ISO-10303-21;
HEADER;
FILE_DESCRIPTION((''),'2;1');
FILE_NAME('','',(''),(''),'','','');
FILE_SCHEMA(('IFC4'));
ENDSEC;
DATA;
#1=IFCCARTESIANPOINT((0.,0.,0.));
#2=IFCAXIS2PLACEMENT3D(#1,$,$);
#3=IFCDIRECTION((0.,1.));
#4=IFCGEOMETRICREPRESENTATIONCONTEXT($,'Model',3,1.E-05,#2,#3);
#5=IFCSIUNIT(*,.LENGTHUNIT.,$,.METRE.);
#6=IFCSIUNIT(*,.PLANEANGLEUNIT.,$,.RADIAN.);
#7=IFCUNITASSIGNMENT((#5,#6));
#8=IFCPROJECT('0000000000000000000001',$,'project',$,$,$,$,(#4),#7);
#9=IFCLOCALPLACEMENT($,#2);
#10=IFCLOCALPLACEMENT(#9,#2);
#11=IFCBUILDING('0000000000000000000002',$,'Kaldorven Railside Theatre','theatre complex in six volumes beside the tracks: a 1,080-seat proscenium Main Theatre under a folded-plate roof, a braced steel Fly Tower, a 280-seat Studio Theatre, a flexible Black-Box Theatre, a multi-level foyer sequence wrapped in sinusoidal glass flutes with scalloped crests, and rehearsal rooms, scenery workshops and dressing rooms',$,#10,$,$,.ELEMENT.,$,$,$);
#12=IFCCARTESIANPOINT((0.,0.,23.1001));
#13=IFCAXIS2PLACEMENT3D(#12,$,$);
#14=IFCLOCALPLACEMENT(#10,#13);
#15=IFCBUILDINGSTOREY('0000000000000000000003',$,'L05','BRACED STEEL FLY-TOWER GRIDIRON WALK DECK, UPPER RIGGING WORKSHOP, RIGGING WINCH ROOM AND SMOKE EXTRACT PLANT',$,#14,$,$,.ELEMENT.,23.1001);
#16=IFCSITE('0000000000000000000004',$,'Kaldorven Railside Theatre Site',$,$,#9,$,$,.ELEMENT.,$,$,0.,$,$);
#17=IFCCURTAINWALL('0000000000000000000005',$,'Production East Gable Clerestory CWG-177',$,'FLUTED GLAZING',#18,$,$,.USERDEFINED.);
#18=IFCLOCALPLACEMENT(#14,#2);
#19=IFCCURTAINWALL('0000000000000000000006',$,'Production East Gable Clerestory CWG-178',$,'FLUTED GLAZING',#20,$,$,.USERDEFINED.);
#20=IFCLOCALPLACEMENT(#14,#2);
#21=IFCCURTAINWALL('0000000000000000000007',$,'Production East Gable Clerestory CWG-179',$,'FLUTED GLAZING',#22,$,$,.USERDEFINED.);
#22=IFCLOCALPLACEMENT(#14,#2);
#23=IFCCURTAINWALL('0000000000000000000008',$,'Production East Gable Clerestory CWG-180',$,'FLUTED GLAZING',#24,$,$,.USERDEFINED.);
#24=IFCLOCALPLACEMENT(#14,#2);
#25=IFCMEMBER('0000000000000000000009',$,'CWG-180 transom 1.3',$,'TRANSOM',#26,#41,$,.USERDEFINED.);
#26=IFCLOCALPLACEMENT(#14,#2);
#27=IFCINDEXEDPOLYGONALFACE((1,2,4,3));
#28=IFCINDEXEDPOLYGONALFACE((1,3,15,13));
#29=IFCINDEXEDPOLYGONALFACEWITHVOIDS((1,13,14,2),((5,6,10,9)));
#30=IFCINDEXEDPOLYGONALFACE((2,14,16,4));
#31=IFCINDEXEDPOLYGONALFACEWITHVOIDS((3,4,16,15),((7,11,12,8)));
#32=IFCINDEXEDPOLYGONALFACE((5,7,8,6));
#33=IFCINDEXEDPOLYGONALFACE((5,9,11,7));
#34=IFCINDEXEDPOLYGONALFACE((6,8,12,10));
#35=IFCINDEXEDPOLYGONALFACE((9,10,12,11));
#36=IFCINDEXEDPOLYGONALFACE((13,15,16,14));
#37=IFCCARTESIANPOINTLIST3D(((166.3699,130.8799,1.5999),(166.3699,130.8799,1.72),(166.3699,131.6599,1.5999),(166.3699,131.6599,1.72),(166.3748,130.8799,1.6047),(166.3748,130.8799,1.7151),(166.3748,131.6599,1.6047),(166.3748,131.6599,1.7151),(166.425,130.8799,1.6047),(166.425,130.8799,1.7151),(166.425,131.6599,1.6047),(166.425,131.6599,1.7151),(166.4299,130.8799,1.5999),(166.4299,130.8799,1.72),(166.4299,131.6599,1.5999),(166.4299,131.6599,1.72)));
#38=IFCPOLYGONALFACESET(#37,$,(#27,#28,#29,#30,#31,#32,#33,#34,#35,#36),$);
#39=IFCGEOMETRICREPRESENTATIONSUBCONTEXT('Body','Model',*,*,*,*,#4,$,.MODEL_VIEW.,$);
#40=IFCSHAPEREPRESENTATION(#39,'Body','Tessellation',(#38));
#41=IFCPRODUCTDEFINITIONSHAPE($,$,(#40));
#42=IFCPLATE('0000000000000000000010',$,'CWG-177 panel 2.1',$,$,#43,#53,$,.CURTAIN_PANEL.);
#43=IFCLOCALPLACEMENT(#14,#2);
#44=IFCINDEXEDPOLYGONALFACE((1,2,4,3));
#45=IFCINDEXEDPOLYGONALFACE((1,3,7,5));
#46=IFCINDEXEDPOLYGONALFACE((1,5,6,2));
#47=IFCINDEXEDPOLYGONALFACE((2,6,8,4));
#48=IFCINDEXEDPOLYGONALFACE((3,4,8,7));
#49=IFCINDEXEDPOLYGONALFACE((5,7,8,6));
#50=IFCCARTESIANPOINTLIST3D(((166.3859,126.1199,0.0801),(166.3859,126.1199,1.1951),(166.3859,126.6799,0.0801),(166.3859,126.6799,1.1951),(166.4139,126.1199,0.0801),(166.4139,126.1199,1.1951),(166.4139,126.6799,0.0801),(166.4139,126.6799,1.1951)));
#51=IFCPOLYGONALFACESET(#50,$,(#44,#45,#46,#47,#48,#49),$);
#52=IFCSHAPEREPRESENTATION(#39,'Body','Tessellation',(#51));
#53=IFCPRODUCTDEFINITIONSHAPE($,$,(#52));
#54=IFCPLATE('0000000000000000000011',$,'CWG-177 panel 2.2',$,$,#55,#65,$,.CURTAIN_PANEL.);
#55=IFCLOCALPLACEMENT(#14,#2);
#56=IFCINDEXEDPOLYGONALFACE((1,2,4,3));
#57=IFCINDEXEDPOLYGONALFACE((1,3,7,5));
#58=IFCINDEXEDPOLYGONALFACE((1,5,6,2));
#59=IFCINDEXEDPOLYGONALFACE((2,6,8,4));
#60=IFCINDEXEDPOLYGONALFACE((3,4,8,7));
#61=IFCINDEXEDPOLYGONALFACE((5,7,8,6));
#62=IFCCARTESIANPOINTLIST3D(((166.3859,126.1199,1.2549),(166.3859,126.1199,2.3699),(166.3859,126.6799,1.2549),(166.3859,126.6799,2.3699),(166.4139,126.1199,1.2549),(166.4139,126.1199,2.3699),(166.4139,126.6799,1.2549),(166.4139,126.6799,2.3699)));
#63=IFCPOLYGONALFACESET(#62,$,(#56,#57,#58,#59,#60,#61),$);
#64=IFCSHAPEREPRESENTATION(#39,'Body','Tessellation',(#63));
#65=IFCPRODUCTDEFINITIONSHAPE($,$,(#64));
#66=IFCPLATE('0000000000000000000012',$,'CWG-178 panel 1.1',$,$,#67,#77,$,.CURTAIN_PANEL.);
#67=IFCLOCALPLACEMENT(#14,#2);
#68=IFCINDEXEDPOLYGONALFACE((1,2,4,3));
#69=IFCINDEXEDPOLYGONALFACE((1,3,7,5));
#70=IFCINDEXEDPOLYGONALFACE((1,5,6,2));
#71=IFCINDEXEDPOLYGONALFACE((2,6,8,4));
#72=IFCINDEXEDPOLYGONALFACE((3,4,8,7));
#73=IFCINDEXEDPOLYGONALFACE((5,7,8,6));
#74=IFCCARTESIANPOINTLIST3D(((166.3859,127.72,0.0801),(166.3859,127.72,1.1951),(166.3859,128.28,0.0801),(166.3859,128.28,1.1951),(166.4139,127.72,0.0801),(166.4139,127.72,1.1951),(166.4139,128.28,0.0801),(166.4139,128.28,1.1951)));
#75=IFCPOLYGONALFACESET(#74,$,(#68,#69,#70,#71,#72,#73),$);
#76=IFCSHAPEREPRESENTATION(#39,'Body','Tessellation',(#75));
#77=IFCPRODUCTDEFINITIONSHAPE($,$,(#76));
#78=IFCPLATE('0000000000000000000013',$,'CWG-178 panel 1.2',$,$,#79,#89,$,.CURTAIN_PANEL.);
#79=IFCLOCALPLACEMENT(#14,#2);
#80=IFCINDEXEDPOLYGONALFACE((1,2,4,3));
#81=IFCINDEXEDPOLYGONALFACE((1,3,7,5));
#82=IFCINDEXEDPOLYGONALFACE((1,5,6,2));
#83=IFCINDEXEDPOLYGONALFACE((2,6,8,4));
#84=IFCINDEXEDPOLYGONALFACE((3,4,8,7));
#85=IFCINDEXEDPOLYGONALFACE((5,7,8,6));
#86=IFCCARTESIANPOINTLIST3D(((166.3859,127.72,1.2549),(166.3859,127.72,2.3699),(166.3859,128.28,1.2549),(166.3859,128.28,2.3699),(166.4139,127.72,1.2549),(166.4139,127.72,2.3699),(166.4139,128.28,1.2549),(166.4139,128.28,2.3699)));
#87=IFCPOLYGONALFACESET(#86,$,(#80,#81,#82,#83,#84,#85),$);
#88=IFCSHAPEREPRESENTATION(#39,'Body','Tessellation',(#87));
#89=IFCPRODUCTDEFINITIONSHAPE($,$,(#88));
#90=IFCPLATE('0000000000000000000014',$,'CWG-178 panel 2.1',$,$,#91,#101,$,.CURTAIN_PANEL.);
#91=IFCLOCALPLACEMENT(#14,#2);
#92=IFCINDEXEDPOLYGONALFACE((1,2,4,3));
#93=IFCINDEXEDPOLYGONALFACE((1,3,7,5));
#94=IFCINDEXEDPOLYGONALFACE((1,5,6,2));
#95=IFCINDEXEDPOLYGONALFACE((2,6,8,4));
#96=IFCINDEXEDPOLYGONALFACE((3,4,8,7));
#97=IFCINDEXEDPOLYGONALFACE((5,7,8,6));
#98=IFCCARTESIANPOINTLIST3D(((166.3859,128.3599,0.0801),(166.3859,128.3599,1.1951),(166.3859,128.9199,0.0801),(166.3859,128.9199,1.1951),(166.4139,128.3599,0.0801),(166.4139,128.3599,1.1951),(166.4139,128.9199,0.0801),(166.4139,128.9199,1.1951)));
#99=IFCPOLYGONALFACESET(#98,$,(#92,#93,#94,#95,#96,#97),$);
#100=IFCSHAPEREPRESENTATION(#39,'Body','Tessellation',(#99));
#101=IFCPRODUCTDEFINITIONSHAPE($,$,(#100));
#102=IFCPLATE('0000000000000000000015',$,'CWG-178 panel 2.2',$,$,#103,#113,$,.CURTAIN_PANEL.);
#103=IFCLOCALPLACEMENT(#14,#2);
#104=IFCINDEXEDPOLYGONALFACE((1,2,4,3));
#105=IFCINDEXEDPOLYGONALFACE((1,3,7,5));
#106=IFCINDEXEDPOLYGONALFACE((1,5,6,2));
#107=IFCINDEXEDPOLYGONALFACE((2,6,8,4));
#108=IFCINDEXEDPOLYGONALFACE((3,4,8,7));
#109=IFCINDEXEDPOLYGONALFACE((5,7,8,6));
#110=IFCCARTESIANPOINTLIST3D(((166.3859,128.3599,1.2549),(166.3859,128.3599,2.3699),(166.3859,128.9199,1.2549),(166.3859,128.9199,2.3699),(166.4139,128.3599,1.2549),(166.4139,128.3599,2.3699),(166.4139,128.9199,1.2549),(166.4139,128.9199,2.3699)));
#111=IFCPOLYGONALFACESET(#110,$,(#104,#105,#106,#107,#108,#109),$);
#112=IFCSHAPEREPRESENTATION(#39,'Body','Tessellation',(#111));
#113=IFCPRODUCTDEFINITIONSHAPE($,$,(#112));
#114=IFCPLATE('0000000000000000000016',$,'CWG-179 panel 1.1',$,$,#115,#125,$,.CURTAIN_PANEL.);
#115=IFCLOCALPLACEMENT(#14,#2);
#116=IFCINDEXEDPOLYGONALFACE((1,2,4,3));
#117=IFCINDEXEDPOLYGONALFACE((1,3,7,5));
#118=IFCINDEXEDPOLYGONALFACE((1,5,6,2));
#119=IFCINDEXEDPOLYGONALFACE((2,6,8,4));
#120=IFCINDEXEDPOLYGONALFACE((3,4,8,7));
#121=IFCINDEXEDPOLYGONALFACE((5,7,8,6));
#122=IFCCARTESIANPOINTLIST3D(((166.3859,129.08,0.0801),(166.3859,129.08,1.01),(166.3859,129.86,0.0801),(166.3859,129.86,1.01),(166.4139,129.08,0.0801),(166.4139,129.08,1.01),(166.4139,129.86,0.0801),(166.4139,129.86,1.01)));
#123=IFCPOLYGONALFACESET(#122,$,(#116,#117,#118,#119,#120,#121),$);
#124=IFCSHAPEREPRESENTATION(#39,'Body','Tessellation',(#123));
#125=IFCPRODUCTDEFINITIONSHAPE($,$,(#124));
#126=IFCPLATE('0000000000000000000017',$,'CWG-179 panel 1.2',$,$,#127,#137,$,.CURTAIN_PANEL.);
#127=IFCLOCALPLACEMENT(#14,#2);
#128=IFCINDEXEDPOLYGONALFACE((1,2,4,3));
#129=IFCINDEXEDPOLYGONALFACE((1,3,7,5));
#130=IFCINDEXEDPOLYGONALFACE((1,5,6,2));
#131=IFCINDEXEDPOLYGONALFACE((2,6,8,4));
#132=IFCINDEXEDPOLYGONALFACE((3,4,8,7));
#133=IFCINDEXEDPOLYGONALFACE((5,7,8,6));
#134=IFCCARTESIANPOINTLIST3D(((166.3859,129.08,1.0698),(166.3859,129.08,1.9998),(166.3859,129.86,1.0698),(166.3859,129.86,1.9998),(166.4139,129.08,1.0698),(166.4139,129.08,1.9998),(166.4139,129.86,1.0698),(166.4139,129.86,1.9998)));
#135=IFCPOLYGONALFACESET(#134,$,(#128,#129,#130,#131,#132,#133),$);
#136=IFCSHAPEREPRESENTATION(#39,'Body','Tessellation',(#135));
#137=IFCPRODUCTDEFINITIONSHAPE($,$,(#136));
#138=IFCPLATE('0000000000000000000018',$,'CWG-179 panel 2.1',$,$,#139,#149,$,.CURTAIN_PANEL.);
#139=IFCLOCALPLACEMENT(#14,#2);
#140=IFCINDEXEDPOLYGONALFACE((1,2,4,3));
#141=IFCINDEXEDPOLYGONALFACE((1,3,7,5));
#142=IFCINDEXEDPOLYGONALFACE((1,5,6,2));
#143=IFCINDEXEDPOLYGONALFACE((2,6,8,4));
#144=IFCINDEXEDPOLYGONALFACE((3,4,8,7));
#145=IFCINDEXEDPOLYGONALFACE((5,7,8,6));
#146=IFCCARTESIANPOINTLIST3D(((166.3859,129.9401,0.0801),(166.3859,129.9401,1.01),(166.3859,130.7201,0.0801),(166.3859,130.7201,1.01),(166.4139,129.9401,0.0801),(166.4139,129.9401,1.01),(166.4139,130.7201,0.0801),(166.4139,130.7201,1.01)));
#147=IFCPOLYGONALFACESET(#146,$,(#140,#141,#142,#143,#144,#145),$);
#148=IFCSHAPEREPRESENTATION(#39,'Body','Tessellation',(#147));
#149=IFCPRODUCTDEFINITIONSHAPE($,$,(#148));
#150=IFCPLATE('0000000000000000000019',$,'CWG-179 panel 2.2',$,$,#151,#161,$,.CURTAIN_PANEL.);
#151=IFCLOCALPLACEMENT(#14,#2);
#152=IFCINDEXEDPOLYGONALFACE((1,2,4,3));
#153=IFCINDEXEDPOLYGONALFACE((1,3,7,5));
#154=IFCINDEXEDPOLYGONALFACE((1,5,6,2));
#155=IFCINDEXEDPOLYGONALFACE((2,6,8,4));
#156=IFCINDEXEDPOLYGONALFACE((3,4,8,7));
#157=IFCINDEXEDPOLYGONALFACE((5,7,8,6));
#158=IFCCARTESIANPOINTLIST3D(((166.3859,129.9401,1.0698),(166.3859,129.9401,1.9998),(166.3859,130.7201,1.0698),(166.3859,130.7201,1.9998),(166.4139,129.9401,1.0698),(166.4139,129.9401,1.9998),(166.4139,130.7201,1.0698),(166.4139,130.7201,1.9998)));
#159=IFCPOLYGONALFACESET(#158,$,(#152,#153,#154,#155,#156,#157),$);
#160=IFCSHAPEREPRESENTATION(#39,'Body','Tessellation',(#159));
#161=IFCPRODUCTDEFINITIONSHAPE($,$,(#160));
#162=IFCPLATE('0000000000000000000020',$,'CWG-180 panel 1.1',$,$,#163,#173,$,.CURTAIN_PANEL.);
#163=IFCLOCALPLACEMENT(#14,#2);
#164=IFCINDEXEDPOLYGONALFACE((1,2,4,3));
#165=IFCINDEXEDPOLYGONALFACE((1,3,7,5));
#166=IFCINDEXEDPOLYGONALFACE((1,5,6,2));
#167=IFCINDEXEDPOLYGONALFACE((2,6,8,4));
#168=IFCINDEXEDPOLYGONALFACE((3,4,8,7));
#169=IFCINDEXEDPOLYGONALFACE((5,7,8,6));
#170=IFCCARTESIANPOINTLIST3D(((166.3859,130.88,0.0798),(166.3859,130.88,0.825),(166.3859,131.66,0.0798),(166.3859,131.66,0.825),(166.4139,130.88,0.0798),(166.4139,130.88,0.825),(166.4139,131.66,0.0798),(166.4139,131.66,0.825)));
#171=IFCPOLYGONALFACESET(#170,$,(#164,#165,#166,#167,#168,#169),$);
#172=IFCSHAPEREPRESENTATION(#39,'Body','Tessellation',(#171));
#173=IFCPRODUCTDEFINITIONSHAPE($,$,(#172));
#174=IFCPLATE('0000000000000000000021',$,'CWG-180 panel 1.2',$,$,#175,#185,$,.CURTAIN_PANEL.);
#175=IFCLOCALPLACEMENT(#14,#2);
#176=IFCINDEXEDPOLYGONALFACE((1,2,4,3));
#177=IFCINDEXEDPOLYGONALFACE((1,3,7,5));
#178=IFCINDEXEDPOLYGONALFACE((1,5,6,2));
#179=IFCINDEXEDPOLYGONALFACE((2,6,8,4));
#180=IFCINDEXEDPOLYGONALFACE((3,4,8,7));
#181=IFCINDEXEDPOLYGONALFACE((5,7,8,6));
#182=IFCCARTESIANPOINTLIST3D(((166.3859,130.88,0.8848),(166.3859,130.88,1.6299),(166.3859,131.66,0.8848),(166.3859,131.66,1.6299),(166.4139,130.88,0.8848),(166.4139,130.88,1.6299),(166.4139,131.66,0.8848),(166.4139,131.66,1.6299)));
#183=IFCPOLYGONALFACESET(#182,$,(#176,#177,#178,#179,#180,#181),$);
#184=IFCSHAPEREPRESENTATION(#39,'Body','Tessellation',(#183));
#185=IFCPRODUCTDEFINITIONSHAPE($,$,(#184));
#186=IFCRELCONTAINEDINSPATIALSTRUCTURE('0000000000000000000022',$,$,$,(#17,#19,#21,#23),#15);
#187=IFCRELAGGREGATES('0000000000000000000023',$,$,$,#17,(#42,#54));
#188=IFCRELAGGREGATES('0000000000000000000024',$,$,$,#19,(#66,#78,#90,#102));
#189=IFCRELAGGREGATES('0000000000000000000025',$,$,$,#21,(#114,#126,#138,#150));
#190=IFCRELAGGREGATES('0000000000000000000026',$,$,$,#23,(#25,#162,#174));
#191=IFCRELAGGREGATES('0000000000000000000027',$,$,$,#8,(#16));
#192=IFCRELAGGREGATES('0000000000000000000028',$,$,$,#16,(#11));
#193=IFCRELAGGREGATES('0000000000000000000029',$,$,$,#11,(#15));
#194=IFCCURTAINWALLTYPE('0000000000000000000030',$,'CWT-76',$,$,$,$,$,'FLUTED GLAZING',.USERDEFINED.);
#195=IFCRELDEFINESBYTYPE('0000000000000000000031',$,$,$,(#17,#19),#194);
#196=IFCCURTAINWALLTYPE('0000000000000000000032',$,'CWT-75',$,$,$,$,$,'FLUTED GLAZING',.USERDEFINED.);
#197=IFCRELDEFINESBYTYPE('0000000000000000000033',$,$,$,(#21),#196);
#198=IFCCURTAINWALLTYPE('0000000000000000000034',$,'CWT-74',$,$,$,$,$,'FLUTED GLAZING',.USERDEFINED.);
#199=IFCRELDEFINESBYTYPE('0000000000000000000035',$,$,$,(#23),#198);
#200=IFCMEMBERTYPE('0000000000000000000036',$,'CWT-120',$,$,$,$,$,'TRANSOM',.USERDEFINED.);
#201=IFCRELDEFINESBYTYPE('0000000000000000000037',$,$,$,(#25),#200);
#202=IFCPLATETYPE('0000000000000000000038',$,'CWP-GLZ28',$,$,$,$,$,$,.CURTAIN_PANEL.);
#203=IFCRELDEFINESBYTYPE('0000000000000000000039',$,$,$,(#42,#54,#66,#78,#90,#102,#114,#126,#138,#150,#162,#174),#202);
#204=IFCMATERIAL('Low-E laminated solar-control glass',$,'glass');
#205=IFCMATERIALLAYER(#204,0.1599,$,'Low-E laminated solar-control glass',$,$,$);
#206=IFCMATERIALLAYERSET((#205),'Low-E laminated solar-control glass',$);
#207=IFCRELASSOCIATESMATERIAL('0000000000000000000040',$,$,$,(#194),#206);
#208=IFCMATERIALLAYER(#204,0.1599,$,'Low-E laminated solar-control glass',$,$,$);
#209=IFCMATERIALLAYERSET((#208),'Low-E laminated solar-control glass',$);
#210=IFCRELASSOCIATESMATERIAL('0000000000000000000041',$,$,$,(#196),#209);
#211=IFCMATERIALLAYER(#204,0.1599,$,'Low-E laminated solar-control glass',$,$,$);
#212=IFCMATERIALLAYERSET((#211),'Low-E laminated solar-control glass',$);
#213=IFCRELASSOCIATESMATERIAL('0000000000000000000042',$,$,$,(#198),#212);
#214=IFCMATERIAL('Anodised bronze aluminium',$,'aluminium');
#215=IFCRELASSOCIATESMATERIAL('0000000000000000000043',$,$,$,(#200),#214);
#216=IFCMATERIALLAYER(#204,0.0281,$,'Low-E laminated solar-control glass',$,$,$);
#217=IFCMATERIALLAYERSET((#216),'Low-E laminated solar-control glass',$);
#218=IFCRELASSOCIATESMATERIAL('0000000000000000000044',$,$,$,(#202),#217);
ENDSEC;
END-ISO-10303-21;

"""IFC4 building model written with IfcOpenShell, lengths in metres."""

from ifc_helpers import new_model, si_unit, direction, frame, origin, origin_2d, place, context, subcontext, project, spatial, rectangle, hollow_rectangle, extrude, material, layer, layer_set, material_profile, profile_set, type_object, element, aggregate, save


model = new_model("IFC4")

# Units and contexts
model_context = context("Model", 3, precision=1e-05, world=origin(), true_north=direction((0.0, 1.0)))
body_context = subcontext(model_context, "Body", "Model", "MODEL_VIEW")
ifc_project = project(units=[si_unit("LENGTHUNIT", "METRE"), si_unit("PLANEANGLEUNIT", "RADIAN")], contexts=[model_context])

# Site, building, storey
site_placement = place(None, origin())
site = spatial("IfcSite", under=ifc_project, at=site_placement, Name="Kaldorven Railside Theatre Site", CompositionType="ELEMENT", RefElevation=0.0)
building_placement = place(site_placement, origin())
building = spatial("IfcBuilding", under=site, at=building_placement, Name="Kaldorven Railside Theatre", Description="theatre complex in six volumes beside the tracks: a 1,080-seat proscenium Main Theatre under a folded-plate roof, a braced steel Fly Tower, a 280-seat Studio Theatre, a flexible Black-Box Theatre, a multi-level foyer sequence wrapped in sinusoidal glass flutes with scalloped crests, and rehearsal rooms, scenery workshops and dressing rooms", CompositionType="ELEMENT")
storey_placement = place(building_placement, frame((0.0, 0.0, 23.1001)))
storey = spatial("IfcBuildingStorey", under=building, at=storey_placement, Name="L05", Description="BRACED STEEL FLY-TOWER GRIDIRON WALK DECK, UPPER RIGGING WORKSHOP, RIGGING WINCH ROOM AND SMOKE EXTRACT PLANT", CompositionType="ELEMENT", Elevation=23.1001)

# Curtain wall
ifc_material_1 = material(Name="Low-E laminated solar-control glass", Category="glass")
ifc_layer_1 = layer(ifc_material_1, 0.1599, Name="Low-E laminated solar-control glass")
ifc_layer_set_1 = layer_set([ifc_layer_1], Name="Low-E laminated solar-control glass")
curtain_wall_type_1 = type_object("IfcCurtainWallType", Name="CWT-76", ElementType="FLUTED GLAZING", PredefinedType="USERDEFINED", material=ifc_layer_set_1)
curtain_wall_1_placement = place(storey_placement, origin())
curtain_wall_1 = element("IfcCurtainWall", 1, at=curtain_wall_1_placement, inside=storey, type_object=curtain_wall_type_1, Name="Production East Gable Clerestory CWG-177", ObjectType="FLUTED GLAZING", PredefinedType="USERDEFINED")
ifc_material_2 = material(Name="Anodised bronze aluminium", Category="aluminium")

# Curtain walls
curtain_wall_2_placement = place(storey_placement, origin())
curtain_wall_2 = element("IfcCurtainWall", 2, at=curtain_wall_2_placement, inside=storey, type_object=curtain_wall_type_1, Name="Production East Gable Clerestory CWG-178", ObjectType="FLUTED GLAZING", PredefinedType="USERDEFINED")
ifc_layer_2 = layer(ifc_material_1, 0.1599, Name="Low-E laminated solar-control glass")
ifc_layer_set_2 = layer_set([ifc_layer_2], Name="Low-E laminated solar-control glass")
curtain_wall_type_2 = type_object("IfcCurtainWallType", Name="CWT-75", ElementType="FLUTED GLAZING", PredefinedType="USERDEFINED", material=ifc_layer_set_2)
curtain_wall_3_placement = place(storey_placement, origin())
curtain_wall_3 = element("IfcCurtainWall", 3, at=curtain_wall_3_placement, inside=storey, type_object=curtain_wall_type_2, Name="Production East Gable Clerestory CWG-179", ObjectType="FLUTED GLAZING", PredefinedType="USERDEFINED")

# Curtain wall
ifc_layer_3 = layer(ifc_material_1, 0.1599, Name="Low-E laminated solar-control glass")
ifc_layer_set_3 = layer_set([ifc_layer_3], Name="Low-E laminated solar-control glass")
curtain_wall_type_3 = type_object("IfcCurtainWallType", Name="CWT-74", ElementType="FLUTED GLAZING", PredefinedType="USERDEFINED", material=ifc_layer_set_3)
curtain_wall_4_placement = place(storey_placement, origin())
curtain_wall_4 = element("IfcCurtainWall", 4, at=curtain_wall_4_placement, inside=storey, type_object=curtain_wall_type_3, Name="Production East Gable Clerestory CWG-180", ObjectType="FLUTED GLAZING", PredefinedType="USERDEFINED")

# Member
ifc_material_profile_1 = material_profile(ifc_material_2, hollow_rectangle(XDim=0.0601, YDim=0.1201, WallThickness=0.0049, at=origin_2d()), Name="RHS 120x60x5")
ifc_profile_set_1 = profile_set([ifc_material_profile_1], Name="Anodised bronze aluminium")
member_type_1 = type_object("IfcMemberType", Name="CWT-120", ElementType="TRANSOM", PredefinedType="USERDEFINED", material=ifc_profile_set_1)
member_1_placement = place(storey_placement, frame((166.3999, 130.8799, 1.6599), z_axis=(0.0, 1.0, 0.0), x_axis=(-1.0, 0.0, 0.0)))
member_1 = element("IfcMember", 5, at=member_1_placement, type_object=member_type_1, Name="CWG-180 transom 1.3", ObjectType="TRANSOM", PredefinedType="USERDEFINED", context=body_context, shape_type="SweptSolid", body=[
    extrude(hollow_rectangle(XDim=0.0601, YDim=0.1201, WallThickness=0.0049, at=origin_2d()), origin(), (0.0, 0.0, 1.0), 0.78),
])

# Plates
ifc_layer_4 = layer(ifc_material_1, 0.0281, Name="Low-E laminated solar-control glass")
ifc_layer_set_4 = layer_set([ifc_layer_4], Name="Low-E laminated solar-control glass")
plate_type = type_object("IfcPlateType", Name="CWP-GLZ28", PredefinedType="CURTAIN_PANEL", material=ifc_layer_set_4)
plate_1_placement = place(storey_placement, frame((166.3999, 126.3999, 0.0801), z_axis=(0.0, 0.0, 1.0), x_axis=(0.0, 1.0, 0.0)))
plate_1 = element("IfcPlate", 6, at=plate_1_placement, type_object=plate_type, Name="CWG-177 panel 2.1", PredefinedType="CURTAIN_PANEL", context=body_context, shape_type="SweptSolid", body=[
    extrude(rectangle(XDim=0.5601, YDim=0.0281, at=origin_2d()), origin(), (0.0, 0.0, 1.0), 1.115),
])
plate_2_placement = place(storey_placement, frame((166.3999, 126.3999, 1.2549), z_axis=(0.0, 0.0, 1.0), x_axis=(0.0, 1.0, 0.0)))
plate_2 = element("IfcPlate", 7, at=plate_2_placement, type_object=plate_type, Name="CWG-177 panel 2.2", PredefinedType="CURTAIN_PANEL", context=body_context, shape_type="SweptSolid", body=[
    extrude(rectangle(XDim=0.5601, YDim=0.0281, at=origin_2d()), origin(), (0.0, 0.0, 1.0), 1.115),
])
aggregate(curtain_wall_1, [plate_1, plate_2])
plate_3_placement = place(storey_placement, frame((166.3999, 128.0, 0.0801), z_axis=(0.0, 0.0, 1.0), x_axis=(0.0, 1.0, 0.0)))
plate_3 = element("IfcPlate", 8, at=plate_3_placement, type_object=plate_type, Name="CWG-178 panel 1.1", PredefinedType="CURTAIN_PANEL", context=body_context, shape_type="SweptSolid", body=[
    extrude(rectangle(XDim=0.5601, YDim=0.0281, at=origin_2d()), origin(), (0.0, 0.0, 1.0), 1.115),
])
plate_4_placement = place(storey_placement, frame((166.3999, 128.0, 1.2549), z_axis=(0.0, 0.0, 1.0), x_axis=(0.0, 1.0, 0.0)))
plate_4 = element("IfcPlate", 9, at=plate_4_placement, type_object=plate_type, Name="CWG-178 panel 1.2", PredefinedType="CURTAIN_PANEL", context=body_context, shape_type="SweptSolid", body=[
    extrude(rectangle(XDim=0.5601, YDim=0.0281, at=origin_2d()), origin(), (0.0, 0.0, 1.0), 1.115),
])
plate_5_placement = place(storey_placement, frame((166.3999, 128.6399, 0.0801), z_axis=(0.0, 0.0, 1.0), x_axis=(0.0, 1.0, 0.0)))
plate_5 = element("IfcPlate", 10, at=plate_5_placement, type_object=plate_type, Name="CWG-178 panel 2.1", PredefinedType="CURTAIN_PANEL", context=body_context, shape_type="SweptSolid", body=[
    extrude(rectangle(XDim=0.5601, YDim=0.0281, at=origin_2d()), origin(), (0.0, 0.0, 1.0), 1.115),
])
plate_6_placement = place(storey_placement, frame((166.3999, 128.6399, 1.2549), z_axis=(0.0, 0.0, 1.0), x_axis=(0.0, 1.0, 0.0)))
plate_6 = element("IfcPlate", 11, at=plate_6_placement, type_object=plate_type, Name="CWG-178 panel 2.2", PredefinedType="CURTAIN_PANEL", context=body_context, shape_type="SweptSolid", body=[
    extrude(rectangle(XDim=0.5601, YDim=0.0281, at=origin_2d()), origin(), (0.0, 0.0, 1.0), 1.115),
])
aggregate(curtain_wall_2, [plate_3, plate_4, plate_5, plate_6])
plate_7_placement = place(storey_placement, frame((166.3999, 129.47, 0.0801), z_axis=(0.0, 0.0, 1.0), x_axis=(0.0, 1.0, 0.0)))
plate_7 = element("IfcPlate", 12, at=plate_7_placement, type_object=plate_type, Name="CWG-179 panel 1.1", PredefinedType="CURTAIN_PANEL", context=body_context, shape_type="SweptSolid", body=[
    extrude(rectangle(XDim=0.78, YDim=0.0281, at=origin_2d()), origin(), (0.0, 0.0, 1.0), 0.9299),
])
plate_8_placement = place(storey_placement, frame((166.3999, 129.47, 1.0698), z_axis=(0.0, 0.0, 1.0), x_axis=(0.0, 1.0, 0.0)))
plate_8 = element("IfcPlate", 13, at=plate_8_placement, type_object=plate_type, Name="CWG-179 panel 1.2", PredefinedType="CURTAIN_PANEL", context=body_context, shape_type="SweptSolid", body=[
    extrude(rectangle(XDim=0.78, YDim=0.0281, at=origin_2d()), origin(), (0.0, 0.0, 1.0), 0.9299),
])
plate_9_placement = place(storey_placement, frame((166.3999, 130.3301, 0.0801), z_axis=(0.0, 0.0, 1.0), x_axis=(0.0, 1.0, 0.0)))
plate_9 = element("IfcPlate", 14, at=plate_9_placement, type_object=plate_type, Name="CWG-179 panel 2.1", PredefinedType="CURTAIN_PANEL", context=body_context, shape_type="SweptSolid", body=[
    extrude(rectangle(XDim=0.78, YDim=0.0281, at=origin_2d()), origin(), (0.0, 0.0, 1.0), 0.9299),
])
plate_10_placement = place(storey_placement, frame((166.3999, 130.3301, 1.0698), z_axis=(0.0, 0.0, 1.0), x_axis=(0.0, 1.0, 0.0)))
plate_10 = element("IfcPlate", 15, at=plate_10_placement, type_object=plate_type, Name="CWG-179 panel 2.2", PredefinedType="CURTAIN_PANEL", context=body_context, shape_type="SweptSolid", body=[
    extrude(rectangle(XDim=0.78, YDim=0.0281, at=origin_2d()), origin(), (0.0, 0.0, 1.0), 0.9299),
])
aggregate(curtain_wall_3, [plate_7, plate_8, plate_9, plate_10])
plate_11_placement = place(storey_placement, frame((166.3999, 131.27, 0.0798), z_axis=(0.0, 0.0, 1.0), x_axis=(0.0, 1.0, 0.0)))
plate_11 = element("IfcPlate", 16, at=plate_11_placement, type_object=plate_type, Name="CWG-180 panel 1.1", PredefinedType="CURTAIN_PANEL", context=body_context, shape_type="SweptSolid", body=[
    extrude(rectangle(XDim=0.78, YDim=0.0281, at=origin_2d()), origin(), (0.0, 0.0, 1.0), 0.7451),
])
plate_12_placement = place(storey_placement, frame((166.3999, 131.27, 0.8848), z_axis=(0.0, 0.0, 1.0), x_axis=(0.0, 1.0, 0.0)))
plate_12 = element("IfcPlate", 17, at=plate_12_placement, type_object=plate_type, Name="CWG-180 panel 1.2", PredefinedType="CURTAIN_PANEL", context=body_context, shape_type="SweptSolid", body=[
    extrude(rectangle(XDim=0.78, YDim=0.0281, at=origin_2d()), origin(), (0.0, 0.0, 1.0), 0.7451),
])
aggregate(curtain_wall_4, [member_1, plate_11, plate_12])

save(model, "model.ifc")
